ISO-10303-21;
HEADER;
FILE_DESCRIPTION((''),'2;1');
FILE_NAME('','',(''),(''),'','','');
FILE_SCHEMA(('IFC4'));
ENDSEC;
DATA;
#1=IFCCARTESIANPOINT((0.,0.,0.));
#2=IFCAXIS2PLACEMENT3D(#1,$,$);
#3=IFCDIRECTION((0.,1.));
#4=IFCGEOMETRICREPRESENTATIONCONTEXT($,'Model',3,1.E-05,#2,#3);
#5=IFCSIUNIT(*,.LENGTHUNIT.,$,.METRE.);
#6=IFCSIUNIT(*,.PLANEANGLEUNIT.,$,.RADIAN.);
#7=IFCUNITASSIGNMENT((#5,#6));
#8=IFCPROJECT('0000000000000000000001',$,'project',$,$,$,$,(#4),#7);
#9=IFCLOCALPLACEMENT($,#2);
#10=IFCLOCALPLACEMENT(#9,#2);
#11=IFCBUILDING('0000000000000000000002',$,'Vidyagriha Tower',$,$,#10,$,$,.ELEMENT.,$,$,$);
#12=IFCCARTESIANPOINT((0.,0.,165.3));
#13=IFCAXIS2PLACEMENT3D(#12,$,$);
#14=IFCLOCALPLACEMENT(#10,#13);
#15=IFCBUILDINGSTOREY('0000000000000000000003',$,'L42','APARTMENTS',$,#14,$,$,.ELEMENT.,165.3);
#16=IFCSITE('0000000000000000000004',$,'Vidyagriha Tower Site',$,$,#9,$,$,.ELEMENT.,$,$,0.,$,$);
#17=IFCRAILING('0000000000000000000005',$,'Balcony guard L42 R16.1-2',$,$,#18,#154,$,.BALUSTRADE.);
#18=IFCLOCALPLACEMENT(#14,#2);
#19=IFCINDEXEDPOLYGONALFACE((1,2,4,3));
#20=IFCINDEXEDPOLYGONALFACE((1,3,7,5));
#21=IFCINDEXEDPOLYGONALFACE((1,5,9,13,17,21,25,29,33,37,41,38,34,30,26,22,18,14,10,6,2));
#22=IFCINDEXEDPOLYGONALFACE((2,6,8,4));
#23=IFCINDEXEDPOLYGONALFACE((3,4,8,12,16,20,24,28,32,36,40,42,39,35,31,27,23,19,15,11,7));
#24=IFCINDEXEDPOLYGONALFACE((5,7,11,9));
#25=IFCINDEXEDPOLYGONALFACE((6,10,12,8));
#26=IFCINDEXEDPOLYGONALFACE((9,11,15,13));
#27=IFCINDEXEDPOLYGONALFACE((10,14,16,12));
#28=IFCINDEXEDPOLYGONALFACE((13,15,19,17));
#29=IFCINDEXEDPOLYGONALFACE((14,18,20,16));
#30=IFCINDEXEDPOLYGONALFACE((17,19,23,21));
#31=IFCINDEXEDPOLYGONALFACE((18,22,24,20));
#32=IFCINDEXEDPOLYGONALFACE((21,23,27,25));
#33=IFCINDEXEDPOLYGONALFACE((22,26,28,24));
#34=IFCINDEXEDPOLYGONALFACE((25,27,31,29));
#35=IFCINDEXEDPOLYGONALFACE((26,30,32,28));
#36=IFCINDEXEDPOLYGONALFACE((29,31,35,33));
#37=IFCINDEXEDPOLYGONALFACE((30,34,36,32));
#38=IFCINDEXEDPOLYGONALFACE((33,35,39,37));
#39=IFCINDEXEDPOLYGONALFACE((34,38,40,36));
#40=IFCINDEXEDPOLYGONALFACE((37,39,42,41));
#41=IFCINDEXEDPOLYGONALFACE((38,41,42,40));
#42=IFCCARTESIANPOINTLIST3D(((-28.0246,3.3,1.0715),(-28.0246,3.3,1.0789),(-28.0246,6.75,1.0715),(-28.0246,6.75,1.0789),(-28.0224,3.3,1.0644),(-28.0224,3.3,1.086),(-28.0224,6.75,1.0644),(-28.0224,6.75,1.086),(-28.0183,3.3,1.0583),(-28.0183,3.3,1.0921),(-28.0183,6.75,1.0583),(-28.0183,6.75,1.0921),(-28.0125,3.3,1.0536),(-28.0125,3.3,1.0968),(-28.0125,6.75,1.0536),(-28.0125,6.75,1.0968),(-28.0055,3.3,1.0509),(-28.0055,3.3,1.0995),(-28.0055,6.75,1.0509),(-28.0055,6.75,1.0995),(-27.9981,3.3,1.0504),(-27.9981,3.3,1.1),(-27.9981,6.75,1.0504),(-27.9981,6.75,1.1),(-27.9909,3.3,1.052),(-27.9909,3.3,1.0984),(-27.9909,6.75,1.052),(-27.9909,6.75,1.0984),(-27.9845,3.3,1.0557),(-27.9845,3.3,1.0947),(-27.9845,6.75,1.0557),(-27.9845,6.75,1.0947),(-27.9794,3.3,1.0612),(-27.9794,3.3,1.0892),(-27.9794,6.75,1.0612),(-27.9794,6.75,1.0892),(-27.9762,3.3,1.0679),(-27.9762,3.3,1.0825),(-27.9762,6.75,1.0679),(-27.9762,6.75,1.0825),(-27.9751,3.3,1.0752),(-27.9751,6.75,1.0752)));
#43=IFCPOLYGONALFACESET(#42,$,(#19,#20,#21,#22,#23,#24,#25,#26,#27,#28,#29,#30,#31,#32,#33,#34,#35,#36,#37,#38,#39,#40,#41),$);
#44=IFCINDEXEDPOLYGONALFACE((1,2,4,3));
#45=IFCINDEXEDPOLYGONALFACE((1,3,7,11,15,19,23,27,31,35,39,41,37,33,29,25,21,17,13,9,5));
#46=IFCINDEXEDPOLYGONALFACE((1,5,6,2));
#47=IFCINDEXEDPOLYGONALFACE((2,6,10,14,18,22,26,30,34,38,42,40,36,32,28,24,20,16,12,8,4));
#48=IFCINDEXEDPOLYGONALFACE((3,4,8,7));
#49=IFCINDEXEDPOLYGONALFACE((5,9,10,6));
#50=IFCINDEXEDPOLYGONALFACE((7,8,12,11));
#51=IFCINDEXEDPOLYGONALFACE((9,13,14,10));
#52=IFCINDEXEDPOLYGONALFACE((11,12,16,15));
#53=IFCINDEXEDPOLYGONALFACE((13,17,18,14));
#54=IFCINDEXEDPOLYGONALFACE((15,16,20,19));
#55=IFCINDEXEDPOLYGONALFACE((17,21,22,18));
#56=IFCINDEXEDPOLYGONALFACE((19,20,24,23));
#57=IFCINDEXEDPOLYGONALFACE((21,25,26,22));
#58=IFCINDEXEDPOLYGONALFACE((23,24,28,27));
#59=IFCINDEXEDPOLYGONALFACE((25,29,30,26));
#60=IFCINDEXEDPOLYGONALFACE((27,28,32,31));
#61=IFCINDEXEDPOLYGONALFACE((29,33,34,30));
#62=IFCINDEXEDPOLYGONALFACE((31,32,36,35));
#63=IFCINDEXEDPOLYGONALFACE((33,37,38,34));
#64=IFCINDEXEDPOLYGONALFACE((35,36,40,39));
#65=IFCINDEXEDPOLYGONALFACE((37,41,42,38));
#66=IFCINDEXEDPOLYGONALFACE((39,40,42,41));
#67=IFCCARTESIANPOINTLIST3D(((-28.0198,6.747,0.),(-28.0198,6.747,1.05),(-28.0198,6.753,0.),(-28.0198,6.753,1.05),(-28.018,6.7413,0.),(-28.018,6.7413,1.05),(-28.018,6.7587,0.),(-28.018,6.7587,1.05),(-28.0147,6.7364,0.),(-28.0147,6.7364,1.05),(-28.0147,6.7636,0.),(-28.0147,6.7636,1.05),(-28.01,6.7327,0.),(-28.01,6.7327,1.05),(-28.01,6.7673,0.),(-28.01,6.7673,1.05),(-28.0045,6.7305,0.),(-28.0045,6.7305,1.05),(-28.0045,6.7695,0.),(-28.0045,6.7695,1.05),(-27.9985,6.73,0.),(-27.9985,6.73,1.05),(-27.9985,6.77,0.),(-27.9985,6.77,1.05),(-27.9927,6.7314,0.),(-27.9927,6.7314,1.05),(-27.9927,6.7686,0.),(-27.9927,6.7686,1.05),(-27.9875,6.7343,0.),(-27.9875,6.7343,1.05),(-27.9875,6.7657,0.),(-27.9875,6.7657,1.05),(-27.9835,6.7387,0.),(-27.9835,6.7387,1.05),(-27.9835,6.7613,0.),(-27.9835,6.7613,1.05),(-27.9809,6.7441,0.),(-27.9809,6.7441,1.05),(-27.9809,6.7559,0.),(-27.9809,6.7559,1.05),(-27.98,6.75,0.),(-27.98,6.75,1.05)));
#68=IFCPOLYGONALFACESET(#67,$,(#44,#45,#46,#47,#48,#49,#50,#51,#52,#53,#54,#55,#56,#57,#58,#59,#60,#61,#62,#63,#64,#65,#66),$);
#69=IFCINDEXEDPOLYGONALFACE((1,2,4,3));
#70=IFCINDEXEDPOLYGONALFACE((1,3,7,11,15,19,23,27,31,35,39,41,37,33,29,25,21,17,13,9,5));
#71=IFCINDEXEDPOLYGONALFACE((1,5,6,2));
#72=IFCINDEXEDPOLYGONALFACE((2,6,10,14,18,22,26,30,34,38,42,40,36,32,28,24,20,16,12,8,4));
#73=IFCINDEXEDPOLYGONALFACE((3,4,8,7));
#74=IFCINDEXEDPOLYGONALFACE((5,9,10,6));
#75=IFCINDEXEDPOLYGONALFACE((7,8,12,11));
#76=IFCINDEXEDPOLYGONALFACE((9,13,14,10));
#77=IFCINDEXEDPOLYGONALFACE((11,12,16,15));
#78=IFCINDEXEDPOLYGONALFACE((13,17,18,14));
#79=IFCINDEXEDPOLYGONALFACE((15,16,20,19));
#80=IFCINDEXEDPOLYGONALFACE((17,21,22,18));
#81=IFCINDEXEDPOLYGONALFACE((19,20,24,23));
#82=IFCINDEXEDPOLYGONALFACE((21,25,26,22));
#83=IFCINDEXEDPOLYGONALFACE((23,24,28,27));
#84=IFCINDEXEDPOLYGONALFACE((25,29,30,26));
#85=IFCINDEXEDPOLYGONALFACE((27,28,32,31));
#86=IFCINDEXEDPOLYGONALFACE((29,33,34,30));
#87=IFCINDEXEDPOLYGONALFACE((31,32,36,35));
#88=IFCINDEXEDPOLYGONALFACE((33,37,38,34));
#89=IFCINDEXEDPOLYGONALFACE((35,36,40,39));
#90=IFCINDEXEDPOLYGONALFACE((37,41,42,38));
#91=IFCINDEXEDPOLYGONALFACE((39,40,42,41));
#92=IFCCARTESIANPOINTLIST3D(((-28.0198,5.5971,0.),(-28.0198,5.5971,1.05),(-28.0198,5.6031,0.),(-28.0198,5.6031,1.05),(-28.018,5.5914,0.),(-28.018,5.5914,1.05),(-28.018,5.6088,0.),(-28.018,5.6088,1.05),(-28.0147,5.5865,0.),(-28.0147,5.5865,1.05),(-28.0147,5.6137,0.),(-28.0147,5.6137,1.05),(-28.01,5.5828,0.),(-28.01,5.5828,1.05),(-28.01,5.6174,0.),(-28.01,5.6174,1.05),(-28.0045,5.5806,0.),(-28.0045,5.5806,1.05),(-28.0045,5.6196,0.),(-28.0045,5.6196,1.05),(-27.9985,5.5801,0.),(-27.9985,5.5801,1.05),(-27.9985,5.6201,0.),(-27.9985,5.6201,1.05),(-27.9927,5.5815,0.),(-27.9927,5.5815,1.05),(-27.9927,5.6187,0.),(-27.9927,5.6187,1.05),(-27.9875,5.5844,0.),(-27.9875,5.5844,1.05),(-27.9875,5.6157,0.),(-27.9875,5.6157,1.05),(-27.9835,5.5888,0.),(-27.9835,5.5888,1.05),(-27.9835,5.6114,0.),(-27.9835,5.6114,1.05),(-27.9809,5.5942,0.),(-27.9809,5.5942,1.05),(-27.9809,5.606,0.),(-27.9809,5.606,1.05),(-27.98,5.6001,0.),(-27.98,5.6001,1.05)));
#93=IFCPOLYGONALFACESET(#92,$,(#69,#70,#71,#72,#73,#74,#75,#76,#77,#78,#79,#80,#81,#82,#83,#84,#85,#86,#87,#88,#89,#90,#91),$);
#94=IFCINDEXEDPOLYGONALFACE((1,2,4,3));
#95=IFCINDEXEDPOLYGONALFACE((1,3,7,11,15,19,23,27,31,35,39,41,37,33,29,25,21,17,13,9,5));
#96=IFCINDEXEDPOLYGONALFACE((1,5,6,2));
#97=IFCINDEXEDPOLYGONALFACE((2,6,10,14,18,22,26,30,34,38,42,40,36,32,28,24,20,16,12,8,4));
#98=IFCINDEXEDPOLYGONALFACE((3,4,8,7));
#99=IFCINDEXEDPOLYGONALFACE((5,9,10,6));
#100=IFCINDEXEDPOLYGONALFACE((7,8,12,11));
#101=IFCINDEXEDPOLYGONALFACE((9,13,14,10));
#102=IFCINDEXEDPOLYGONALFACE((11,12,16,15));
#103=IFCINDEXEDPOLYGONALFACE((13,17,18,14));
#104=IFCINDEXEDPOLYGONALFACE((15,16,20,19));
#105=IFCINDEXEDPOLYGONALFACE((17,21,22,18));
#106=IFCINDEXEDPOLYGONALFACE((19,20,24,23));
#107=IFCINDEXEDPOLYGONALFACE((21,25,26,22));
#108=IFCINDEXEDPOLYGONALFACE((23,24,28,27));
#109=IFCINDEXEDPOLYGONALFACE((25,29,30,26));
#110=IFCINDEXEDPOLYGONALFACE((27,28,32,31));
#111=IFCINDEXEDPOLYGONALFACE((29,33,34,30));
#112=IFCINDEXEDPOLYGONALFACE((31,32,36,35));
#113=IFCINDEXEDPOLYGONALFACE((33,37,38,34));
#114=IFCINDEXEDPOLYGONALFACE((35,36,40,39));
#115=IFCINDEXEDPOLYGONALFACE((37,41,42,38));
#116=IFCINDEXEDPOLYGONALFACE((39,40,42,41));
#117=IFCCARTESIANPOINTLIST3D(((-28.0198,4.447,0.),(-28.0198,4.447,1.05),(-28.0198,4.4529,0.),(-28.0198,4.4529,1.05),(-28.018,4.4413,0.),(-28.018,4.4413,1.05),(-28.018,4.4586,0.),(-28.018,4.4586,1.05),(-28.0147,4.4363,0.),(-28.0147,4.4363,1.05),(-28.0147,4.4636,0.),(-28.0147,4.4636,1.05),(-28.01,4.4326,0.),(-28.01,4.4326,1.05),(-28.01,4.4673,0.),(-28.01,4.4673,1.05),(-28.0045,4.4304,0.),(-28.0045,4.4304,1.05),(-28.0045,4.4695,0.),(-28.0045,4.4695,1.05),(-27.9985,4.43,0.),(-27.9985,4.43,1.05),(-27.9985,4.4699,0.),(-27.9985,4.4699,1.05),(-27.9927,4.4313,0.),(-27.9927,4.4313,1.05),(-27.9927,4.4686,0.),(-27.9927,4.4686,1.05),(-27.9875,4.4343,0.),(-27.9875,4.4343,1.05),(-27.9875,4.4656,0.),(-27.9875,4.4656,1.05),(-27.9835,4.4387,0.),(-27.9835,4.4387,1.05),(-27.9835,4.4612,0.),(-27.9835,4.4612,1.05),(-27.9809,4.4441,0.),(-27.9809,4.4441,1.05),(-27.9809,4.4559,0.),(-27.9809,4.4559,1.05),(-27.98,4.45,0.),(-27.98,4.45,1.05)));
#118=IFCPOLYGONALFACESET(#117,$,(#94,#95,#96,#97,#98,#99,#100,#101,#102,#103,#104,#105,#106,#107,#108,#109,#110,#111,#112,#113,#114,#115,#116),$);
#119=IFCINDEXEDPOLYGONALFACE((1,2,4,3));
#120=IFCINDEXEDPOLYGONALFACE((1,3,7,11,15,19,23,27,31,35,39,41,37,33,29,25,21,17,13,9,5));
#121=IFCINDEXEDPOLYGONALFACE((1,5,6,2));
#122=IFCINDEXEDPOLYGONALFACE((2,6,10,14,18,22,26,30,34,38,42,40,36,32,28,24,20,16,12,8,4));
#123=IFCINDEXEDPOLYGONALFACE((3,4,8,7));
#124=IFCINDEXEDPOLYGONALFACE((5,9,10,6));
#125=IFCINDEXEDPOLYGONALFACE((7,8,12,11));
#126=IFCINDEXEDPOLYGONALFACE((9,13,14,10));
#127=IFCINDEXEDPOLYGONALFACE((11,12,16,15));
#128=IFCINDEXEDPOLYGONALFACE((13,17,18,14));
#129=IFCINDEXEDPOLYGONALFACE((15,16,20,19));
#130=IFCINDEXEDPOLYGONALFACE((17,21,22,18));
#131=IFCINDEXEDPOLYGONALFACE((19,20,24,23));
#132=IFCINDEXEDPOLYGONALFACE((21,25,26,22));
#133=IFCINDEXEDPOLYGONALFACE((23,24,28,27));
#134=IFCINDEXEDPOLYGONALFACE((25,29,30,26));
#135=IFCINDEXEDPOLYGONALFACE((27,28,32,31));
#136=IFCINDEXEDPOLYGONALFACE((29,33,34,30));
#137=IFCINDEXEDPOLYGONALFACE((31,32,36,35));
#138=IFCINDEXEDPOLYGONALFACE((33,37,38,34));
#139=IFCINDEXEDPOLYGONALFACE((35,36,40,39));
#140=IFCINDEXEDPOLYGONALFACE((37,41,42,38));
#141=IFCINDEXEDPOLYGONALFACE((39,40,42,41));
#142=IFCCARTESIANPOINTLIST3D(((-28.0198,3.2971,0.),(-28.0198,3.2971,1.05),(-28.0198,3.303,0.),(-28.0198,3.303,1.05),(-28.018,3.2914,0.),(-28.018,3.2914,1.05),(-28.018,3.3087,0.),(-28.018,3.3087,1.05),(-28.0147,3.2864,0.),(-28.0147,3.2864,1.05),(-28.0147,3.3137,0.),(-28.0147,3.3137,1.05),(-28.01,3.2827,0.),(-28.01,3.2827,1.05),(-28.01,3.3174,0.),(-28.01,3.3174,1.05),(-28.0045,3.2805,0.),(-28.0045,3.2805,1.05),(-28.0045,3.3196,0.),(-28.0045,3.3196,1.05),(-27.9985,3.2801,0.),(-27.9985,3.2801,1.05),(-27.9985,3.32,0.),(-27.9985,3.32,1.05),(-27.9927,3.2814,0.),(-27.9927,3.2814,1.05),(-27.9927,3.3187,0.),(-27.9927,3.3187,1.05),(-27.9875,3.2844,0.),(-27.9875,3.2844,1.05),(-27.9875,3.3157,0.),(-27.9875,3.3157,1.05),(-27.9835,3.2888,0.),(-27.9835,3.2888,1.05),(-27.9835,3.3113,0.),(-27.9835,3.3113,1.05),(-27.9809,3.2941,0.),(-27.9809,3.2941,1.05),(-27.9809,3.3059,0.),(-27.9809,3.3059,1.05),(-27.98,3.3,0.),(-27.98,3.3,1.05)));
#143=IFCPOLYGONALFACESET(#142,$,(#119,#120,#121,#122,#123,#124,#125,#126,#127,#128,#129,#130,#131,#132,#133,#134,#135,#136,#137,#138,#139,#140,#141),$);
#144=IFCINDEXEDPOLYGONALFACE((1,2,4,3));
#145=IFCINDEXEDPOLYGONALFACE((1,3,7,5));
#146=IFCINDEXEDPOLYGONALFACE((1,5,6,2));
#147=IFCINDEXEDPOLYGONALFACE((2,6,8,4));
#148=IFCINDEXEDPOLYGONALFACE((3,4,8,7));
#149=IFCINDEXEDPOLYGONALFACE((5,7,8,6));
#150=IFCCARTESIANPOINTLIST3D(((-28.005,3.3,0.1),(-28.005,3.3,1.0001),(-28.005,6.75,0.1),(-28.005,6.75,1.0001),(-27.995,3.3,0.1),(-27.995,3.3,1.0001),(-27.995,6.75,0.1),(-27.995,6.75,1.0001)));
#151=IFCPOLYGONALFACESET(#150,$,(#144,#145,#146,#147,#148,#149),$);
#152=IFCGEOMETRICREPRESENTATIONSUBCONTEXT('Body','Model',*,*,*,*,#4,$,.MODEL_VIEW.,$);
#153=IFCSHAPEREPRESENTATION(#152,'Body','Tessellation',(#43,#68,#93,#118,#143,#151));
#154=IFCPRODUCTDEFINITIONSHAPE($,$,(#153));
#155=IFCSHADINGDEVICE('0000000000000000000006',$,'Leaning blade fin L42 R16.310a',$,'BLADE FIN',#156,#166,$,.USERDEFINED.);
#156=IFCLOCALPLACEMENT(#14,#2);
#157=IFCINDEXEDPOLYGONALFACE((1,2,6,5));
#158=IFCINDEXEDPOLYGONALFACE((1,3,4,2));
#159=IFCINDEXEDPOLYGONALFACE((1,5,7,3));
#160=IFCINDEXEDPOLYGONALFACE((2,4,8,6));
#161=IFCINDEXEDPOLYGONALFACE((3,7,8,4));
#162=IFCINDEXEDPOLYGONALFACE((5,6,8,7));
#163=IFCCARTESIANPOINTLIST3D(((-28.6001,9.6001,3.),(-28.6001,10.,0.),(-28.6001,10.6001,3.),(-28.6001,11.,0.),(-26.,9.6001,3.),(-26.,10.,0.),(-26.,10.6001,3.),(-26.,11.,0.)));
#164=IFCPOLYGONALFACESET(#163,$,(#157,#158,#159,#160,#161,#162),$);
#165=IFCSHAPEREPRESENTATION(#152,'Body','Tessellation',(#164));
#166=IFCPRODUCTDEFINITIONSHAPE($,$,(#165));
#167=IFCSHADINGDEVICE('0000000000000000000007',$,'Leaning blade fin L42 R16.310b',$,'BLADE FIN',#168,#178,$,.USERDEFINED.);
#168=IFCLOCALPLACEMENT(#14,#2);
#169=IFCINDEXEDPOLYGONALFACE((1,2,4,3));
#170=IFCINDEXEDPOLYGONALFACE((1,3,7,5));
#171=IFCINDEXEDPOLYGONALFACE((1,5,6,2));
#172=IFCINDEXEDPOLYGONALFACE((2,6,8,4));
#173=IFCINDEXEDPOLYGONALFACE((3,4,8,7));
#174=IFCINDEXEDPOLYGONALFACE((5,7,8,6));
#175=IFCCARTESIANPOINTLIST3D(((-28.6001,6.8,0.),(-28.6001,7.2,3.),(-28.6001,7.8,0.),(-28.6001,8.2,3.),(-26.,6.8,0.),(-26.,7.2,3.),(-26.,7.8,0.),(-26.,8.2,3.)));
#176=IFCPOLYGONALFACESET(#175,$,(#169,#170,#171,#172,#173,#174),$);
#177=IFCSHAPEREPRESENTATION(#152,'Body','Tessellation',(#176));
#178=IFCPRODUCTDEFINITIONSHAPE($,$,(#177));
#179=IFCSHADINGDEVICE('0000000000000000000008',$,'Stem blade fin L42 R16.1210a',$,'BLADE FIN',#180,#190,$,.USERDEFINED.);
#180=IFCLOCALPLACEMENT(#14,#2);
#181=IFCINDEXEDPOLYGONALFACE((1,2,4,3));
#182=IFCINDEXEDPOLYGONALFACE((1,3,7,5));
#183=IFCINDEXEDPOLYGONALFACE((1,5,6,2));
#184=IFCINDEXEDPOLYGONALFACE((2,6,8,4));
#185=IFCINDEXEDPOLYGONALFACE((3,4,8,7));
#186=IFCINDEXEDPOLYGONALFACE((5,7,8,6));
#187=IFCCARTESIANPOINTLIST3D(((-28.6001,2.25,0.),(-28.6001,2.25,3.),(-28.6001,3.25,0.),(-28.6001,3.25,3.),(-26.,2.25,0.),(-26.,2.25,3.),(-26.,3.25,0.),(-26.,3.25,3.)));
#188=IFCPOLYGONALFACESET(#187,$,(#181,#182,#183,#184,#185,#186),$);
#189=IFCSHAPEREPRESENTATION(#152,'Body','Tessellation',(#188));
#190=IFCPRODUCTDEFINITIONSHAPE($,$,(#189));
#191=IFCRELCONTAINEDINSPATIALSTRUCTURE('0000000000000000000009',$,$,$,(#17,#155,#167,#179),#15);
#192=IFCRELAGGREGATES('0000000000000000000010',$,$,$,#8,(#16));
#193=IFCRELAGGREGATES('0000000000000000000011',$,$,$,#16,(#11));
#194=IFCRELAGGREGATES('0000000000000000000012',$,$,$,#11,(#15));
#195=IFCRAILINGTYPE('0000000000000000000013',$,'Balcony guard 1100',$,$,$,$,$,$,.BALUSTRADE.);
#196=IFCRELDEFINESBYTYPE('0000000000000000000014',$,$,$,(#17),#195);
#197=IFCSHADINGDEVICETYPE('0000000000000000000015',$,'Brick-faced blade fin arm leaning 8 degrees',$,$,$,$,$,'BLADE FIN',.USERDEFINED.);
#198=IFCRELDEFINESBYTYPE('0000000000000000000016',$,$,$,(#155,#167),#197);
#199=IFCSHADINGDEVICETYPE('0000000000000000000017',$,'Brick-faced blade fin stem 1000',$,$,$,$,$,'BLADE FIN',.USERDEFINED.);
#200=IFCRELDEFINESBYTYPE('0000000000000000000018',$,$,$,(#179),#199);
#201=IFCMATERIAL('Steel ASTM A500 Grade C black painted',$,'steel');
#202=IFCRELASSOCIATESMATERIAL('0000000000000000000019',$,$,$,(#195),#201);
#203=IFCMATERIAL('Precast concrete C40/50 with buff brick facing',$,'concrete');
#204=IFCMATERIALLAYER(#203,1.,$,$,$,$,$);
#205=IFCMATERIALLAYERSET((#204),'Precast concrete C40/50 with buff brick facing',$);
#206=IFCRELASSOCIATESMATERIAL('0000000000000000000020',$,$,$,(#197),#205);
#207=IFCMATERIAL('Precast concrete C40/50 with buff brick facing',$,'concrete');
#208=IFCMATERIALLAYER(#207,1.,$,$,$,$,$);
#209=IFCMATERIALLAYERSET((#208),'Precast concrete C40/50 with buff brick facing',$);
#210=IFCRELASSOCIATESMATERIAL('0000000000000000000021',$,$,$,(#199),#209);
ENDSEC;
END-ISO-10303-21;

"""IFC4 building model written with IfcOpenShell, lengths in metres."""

from ifc_helpers import new_model, si_unit, direction, frame, origin, origin_2d, place, context, subcontext, project, spatial, polyline, rectangle, circle, outline, extrude, material, layer, layer_set, type_object, element, save


model = new_model("IFC4")

# Units and contexts
model_context = context("Model", 3, precision=1e-05, world=origin(), true_north=direction((0.0, 1.0)))
body_context = subcontext(model_context, "Body", "Model", "MODEL_VIEW")
ifc_project = project(units=[si_unit("LENGTHUNIT", "METRE"), si_unit("PLANEANGLEUNIT", "RADIAN")], contexts=[model_context])

# Site, building, storey
site_placement = place(None, origin())
site = spatial("IfcSite", under=ifc_project, at=site_placement, Name="Vidyagriha Tower Site", CompositionType="ELEMENT", RefElevation=0.0)
building_placement = place(site_placement, origin())
building = spatial("IfcBuilding", under=site, at=building_placement, Name="Vidyagriha Tower", CompositionType="ELEMENT")
storey_placement = place(building_placement, frame((0.0, 0.0, 165.3)))
storey = spatial("IfcBuildingStorey", under=building, at=storey_placement, Name="L42", Description="APARTMENTS", CompositionType="ELEMENT", Elevation=165.3)

# Railing
ifc_material_1 = material(Name="Steel ASTM A500 Grade C black painted", Category="steel")
railing_type = type_object("IfcRailingType", Name="Balcony guard 1100", PredefinedType="BALUSTRADE", material=ifc_material_1)
railing_1_placement = place(storey_placement, frame((-28.0, 6.75, 0.0)))
element("IfcRailing", 1, at=railing_1_placement, inside=storey, type_object=railing_type, Name="Balcony guard L42 R16.1-2", PredefinedType="BALUSTRADE", context=body_context, shape_type="SweptSolid", body=[
    extrude(circle(Radius=0.0249, at=origin_2d()), frame((0.0, 0.0, 1.0752), z_axis=(0.0, -1.0, 0.0), x_axis=(1.0, 0.0, 0.0)), (0.0, 0.0, 1.0), 3.45),
    extrude(circle(Radius=0.02, at=origin_2d()), origin(), (0.0, 0.0, 1.0), 1.05),
    extrude(circle(Radius=0.02, at=origin_2d()), frame((0.0, -1.1499, 0.0)), (0.0, 0.0, 1.0), 1.05),
    extrude(circle(Radius=0.02, at=origin_2d()), frame((0.0, -2.3, 0.0)), (0.0, 0.0, 1.0), 1.05),
    extrude(circle(Radius=0.02, at=origin_2d()), frame((0.0, -3.45, 0.0)), (0.0, 0.0, 1.0), 1.05),
    extrude(rectangle(XDim=0.01, YDim=0.9001, at=origin_2d()), frame((0.0, 0.0, 0.55), z_axis=(0.0, -1.0, 0.0), x_axis=(1.0, 0.0, 0.0)), (0.0, 0.0, 1.0), 3.45),
])

# Shading devices
ifc_material_2 = material(Name="Precast concrete C40/50 with buff brick facing", Category="concrete")
ifc_layer_1 = layer(ifc_material_2, 1.0)
ifc_layer_set_1 = layer_set([ifc_layer_1], Name="Precast concrete C40/50 with buff brick facing")
shading_device_type_1 = type_object("IfcShadingDeviceType", Name="Brick-faced blade fin arm leaning 8 degrees", ElementType="BLADE FIN", PredefinedType="USERDEFINED", material=ifc_layer_set_1)
shading_device_1_placement = place(storey_placement, frame((-27.3, 11.0, 0.0), z_axis=(0.0, 0.0, 1.0), x_axis=(0.0, -1.0, 0.0)))
element("IfcShadingDevice", 2, at=shading_device_1_placement, inside=storey, type_object=shading_device_type_1, Name="Leaning blade fin L42 R16.310a", ObjectType="BLADE FIN", PredefinedType="USERDEFINED", context=body_context, shape_type="SweptSolid", body=[
    extrude(outline(polyline([(0.0, 0.0), (1.0, 0.0), (1.3999, 3.0), (0.3999, 3.0), (0.0, 0.0)])), frame((0.0, 1.3, 0.0), z_axis=(0.0, -1.0, 0.0), x_axis=(1.0, 0.0, 0.0)), (0.0, 0.0, 1.0), 2.6001),
])
shading_device_2_placement = place(storey_placement, frame((-27.3, 8.2, 0.0), z_axis=(0.0, 0.0, 1.0), x_axis=(0.0, -1.0, 0.0)))
element("IfcShadingDevice", 3, at=shading_device_2_placement, inside=storey, type_object=shading_device_type_1, Name="Leaning blade fin L42 R16.310b", ObjectType="BLADE FIN", PredefinedType="USERDEFINED", context=body_context, shape_type="SweptSolid", body=[
    extrude(outline(polyline([(0.3999, 0.0), (1.3999, 0.0), (1.0, 3.0), (0.0, 3.0), (0.3999, 0.0)])), frame((0.0, 1.3, 0.0), z_axis=(0.0, -1.0, 0.0), x_axis=(1.0, 0.0, 0.0)), (0.0, 0.0, 1.0), 2.6001),
])
ifc_material_3 = material(Name="Precast concrete C40/50 with buff brick facing", Category="concrete")
ifc_layer_2 = layer(ifc_material_3, 1.0)
ifc_layer_set_2 = layer_set([ifc_layer_2], Name="Precast concrete C40/50 with buff brick facing")
shading_device_type_2 = type_object("IfcShadingDeviceType", Name="Brick-faced blade fin stem 1000", ElementType="BLADE FIN", PredefinedType="USERDEFINED", material=ifc_layer_set_2)
shading_device_3_placement = place(storey_placement, frame((-27.3, 3.25, 0.0), z_axis=(0.0, 0.0, 1.0), x_axis=(0.0, -1.0, 0.0)))
element("IfcShadingDevice", 4, at=shading_device_3_placement, inside=storey, type_object=shading_device_type_2, Name="Stem blade fin L42 R16.1210a", ObjectType="BLADE FIN", PredefinedType="USERDEFINED", context=body_context, shape_type="SweptSolid", body=[
    extrude(outline(polyline([(0.0, 0.0), (1.0, 0.0), (1.0, 3.0), (0.0, 3.0), (0.0, 0.0)])), frame((0.0, 1.3, 0.0), z_axis=(0.0, -1.0, 0.0), x_axis=(1.0, 0.0, 0.0)), (0.0, 0.0, 1.0), 2.6001),
])

save(model, "model.ifc")
